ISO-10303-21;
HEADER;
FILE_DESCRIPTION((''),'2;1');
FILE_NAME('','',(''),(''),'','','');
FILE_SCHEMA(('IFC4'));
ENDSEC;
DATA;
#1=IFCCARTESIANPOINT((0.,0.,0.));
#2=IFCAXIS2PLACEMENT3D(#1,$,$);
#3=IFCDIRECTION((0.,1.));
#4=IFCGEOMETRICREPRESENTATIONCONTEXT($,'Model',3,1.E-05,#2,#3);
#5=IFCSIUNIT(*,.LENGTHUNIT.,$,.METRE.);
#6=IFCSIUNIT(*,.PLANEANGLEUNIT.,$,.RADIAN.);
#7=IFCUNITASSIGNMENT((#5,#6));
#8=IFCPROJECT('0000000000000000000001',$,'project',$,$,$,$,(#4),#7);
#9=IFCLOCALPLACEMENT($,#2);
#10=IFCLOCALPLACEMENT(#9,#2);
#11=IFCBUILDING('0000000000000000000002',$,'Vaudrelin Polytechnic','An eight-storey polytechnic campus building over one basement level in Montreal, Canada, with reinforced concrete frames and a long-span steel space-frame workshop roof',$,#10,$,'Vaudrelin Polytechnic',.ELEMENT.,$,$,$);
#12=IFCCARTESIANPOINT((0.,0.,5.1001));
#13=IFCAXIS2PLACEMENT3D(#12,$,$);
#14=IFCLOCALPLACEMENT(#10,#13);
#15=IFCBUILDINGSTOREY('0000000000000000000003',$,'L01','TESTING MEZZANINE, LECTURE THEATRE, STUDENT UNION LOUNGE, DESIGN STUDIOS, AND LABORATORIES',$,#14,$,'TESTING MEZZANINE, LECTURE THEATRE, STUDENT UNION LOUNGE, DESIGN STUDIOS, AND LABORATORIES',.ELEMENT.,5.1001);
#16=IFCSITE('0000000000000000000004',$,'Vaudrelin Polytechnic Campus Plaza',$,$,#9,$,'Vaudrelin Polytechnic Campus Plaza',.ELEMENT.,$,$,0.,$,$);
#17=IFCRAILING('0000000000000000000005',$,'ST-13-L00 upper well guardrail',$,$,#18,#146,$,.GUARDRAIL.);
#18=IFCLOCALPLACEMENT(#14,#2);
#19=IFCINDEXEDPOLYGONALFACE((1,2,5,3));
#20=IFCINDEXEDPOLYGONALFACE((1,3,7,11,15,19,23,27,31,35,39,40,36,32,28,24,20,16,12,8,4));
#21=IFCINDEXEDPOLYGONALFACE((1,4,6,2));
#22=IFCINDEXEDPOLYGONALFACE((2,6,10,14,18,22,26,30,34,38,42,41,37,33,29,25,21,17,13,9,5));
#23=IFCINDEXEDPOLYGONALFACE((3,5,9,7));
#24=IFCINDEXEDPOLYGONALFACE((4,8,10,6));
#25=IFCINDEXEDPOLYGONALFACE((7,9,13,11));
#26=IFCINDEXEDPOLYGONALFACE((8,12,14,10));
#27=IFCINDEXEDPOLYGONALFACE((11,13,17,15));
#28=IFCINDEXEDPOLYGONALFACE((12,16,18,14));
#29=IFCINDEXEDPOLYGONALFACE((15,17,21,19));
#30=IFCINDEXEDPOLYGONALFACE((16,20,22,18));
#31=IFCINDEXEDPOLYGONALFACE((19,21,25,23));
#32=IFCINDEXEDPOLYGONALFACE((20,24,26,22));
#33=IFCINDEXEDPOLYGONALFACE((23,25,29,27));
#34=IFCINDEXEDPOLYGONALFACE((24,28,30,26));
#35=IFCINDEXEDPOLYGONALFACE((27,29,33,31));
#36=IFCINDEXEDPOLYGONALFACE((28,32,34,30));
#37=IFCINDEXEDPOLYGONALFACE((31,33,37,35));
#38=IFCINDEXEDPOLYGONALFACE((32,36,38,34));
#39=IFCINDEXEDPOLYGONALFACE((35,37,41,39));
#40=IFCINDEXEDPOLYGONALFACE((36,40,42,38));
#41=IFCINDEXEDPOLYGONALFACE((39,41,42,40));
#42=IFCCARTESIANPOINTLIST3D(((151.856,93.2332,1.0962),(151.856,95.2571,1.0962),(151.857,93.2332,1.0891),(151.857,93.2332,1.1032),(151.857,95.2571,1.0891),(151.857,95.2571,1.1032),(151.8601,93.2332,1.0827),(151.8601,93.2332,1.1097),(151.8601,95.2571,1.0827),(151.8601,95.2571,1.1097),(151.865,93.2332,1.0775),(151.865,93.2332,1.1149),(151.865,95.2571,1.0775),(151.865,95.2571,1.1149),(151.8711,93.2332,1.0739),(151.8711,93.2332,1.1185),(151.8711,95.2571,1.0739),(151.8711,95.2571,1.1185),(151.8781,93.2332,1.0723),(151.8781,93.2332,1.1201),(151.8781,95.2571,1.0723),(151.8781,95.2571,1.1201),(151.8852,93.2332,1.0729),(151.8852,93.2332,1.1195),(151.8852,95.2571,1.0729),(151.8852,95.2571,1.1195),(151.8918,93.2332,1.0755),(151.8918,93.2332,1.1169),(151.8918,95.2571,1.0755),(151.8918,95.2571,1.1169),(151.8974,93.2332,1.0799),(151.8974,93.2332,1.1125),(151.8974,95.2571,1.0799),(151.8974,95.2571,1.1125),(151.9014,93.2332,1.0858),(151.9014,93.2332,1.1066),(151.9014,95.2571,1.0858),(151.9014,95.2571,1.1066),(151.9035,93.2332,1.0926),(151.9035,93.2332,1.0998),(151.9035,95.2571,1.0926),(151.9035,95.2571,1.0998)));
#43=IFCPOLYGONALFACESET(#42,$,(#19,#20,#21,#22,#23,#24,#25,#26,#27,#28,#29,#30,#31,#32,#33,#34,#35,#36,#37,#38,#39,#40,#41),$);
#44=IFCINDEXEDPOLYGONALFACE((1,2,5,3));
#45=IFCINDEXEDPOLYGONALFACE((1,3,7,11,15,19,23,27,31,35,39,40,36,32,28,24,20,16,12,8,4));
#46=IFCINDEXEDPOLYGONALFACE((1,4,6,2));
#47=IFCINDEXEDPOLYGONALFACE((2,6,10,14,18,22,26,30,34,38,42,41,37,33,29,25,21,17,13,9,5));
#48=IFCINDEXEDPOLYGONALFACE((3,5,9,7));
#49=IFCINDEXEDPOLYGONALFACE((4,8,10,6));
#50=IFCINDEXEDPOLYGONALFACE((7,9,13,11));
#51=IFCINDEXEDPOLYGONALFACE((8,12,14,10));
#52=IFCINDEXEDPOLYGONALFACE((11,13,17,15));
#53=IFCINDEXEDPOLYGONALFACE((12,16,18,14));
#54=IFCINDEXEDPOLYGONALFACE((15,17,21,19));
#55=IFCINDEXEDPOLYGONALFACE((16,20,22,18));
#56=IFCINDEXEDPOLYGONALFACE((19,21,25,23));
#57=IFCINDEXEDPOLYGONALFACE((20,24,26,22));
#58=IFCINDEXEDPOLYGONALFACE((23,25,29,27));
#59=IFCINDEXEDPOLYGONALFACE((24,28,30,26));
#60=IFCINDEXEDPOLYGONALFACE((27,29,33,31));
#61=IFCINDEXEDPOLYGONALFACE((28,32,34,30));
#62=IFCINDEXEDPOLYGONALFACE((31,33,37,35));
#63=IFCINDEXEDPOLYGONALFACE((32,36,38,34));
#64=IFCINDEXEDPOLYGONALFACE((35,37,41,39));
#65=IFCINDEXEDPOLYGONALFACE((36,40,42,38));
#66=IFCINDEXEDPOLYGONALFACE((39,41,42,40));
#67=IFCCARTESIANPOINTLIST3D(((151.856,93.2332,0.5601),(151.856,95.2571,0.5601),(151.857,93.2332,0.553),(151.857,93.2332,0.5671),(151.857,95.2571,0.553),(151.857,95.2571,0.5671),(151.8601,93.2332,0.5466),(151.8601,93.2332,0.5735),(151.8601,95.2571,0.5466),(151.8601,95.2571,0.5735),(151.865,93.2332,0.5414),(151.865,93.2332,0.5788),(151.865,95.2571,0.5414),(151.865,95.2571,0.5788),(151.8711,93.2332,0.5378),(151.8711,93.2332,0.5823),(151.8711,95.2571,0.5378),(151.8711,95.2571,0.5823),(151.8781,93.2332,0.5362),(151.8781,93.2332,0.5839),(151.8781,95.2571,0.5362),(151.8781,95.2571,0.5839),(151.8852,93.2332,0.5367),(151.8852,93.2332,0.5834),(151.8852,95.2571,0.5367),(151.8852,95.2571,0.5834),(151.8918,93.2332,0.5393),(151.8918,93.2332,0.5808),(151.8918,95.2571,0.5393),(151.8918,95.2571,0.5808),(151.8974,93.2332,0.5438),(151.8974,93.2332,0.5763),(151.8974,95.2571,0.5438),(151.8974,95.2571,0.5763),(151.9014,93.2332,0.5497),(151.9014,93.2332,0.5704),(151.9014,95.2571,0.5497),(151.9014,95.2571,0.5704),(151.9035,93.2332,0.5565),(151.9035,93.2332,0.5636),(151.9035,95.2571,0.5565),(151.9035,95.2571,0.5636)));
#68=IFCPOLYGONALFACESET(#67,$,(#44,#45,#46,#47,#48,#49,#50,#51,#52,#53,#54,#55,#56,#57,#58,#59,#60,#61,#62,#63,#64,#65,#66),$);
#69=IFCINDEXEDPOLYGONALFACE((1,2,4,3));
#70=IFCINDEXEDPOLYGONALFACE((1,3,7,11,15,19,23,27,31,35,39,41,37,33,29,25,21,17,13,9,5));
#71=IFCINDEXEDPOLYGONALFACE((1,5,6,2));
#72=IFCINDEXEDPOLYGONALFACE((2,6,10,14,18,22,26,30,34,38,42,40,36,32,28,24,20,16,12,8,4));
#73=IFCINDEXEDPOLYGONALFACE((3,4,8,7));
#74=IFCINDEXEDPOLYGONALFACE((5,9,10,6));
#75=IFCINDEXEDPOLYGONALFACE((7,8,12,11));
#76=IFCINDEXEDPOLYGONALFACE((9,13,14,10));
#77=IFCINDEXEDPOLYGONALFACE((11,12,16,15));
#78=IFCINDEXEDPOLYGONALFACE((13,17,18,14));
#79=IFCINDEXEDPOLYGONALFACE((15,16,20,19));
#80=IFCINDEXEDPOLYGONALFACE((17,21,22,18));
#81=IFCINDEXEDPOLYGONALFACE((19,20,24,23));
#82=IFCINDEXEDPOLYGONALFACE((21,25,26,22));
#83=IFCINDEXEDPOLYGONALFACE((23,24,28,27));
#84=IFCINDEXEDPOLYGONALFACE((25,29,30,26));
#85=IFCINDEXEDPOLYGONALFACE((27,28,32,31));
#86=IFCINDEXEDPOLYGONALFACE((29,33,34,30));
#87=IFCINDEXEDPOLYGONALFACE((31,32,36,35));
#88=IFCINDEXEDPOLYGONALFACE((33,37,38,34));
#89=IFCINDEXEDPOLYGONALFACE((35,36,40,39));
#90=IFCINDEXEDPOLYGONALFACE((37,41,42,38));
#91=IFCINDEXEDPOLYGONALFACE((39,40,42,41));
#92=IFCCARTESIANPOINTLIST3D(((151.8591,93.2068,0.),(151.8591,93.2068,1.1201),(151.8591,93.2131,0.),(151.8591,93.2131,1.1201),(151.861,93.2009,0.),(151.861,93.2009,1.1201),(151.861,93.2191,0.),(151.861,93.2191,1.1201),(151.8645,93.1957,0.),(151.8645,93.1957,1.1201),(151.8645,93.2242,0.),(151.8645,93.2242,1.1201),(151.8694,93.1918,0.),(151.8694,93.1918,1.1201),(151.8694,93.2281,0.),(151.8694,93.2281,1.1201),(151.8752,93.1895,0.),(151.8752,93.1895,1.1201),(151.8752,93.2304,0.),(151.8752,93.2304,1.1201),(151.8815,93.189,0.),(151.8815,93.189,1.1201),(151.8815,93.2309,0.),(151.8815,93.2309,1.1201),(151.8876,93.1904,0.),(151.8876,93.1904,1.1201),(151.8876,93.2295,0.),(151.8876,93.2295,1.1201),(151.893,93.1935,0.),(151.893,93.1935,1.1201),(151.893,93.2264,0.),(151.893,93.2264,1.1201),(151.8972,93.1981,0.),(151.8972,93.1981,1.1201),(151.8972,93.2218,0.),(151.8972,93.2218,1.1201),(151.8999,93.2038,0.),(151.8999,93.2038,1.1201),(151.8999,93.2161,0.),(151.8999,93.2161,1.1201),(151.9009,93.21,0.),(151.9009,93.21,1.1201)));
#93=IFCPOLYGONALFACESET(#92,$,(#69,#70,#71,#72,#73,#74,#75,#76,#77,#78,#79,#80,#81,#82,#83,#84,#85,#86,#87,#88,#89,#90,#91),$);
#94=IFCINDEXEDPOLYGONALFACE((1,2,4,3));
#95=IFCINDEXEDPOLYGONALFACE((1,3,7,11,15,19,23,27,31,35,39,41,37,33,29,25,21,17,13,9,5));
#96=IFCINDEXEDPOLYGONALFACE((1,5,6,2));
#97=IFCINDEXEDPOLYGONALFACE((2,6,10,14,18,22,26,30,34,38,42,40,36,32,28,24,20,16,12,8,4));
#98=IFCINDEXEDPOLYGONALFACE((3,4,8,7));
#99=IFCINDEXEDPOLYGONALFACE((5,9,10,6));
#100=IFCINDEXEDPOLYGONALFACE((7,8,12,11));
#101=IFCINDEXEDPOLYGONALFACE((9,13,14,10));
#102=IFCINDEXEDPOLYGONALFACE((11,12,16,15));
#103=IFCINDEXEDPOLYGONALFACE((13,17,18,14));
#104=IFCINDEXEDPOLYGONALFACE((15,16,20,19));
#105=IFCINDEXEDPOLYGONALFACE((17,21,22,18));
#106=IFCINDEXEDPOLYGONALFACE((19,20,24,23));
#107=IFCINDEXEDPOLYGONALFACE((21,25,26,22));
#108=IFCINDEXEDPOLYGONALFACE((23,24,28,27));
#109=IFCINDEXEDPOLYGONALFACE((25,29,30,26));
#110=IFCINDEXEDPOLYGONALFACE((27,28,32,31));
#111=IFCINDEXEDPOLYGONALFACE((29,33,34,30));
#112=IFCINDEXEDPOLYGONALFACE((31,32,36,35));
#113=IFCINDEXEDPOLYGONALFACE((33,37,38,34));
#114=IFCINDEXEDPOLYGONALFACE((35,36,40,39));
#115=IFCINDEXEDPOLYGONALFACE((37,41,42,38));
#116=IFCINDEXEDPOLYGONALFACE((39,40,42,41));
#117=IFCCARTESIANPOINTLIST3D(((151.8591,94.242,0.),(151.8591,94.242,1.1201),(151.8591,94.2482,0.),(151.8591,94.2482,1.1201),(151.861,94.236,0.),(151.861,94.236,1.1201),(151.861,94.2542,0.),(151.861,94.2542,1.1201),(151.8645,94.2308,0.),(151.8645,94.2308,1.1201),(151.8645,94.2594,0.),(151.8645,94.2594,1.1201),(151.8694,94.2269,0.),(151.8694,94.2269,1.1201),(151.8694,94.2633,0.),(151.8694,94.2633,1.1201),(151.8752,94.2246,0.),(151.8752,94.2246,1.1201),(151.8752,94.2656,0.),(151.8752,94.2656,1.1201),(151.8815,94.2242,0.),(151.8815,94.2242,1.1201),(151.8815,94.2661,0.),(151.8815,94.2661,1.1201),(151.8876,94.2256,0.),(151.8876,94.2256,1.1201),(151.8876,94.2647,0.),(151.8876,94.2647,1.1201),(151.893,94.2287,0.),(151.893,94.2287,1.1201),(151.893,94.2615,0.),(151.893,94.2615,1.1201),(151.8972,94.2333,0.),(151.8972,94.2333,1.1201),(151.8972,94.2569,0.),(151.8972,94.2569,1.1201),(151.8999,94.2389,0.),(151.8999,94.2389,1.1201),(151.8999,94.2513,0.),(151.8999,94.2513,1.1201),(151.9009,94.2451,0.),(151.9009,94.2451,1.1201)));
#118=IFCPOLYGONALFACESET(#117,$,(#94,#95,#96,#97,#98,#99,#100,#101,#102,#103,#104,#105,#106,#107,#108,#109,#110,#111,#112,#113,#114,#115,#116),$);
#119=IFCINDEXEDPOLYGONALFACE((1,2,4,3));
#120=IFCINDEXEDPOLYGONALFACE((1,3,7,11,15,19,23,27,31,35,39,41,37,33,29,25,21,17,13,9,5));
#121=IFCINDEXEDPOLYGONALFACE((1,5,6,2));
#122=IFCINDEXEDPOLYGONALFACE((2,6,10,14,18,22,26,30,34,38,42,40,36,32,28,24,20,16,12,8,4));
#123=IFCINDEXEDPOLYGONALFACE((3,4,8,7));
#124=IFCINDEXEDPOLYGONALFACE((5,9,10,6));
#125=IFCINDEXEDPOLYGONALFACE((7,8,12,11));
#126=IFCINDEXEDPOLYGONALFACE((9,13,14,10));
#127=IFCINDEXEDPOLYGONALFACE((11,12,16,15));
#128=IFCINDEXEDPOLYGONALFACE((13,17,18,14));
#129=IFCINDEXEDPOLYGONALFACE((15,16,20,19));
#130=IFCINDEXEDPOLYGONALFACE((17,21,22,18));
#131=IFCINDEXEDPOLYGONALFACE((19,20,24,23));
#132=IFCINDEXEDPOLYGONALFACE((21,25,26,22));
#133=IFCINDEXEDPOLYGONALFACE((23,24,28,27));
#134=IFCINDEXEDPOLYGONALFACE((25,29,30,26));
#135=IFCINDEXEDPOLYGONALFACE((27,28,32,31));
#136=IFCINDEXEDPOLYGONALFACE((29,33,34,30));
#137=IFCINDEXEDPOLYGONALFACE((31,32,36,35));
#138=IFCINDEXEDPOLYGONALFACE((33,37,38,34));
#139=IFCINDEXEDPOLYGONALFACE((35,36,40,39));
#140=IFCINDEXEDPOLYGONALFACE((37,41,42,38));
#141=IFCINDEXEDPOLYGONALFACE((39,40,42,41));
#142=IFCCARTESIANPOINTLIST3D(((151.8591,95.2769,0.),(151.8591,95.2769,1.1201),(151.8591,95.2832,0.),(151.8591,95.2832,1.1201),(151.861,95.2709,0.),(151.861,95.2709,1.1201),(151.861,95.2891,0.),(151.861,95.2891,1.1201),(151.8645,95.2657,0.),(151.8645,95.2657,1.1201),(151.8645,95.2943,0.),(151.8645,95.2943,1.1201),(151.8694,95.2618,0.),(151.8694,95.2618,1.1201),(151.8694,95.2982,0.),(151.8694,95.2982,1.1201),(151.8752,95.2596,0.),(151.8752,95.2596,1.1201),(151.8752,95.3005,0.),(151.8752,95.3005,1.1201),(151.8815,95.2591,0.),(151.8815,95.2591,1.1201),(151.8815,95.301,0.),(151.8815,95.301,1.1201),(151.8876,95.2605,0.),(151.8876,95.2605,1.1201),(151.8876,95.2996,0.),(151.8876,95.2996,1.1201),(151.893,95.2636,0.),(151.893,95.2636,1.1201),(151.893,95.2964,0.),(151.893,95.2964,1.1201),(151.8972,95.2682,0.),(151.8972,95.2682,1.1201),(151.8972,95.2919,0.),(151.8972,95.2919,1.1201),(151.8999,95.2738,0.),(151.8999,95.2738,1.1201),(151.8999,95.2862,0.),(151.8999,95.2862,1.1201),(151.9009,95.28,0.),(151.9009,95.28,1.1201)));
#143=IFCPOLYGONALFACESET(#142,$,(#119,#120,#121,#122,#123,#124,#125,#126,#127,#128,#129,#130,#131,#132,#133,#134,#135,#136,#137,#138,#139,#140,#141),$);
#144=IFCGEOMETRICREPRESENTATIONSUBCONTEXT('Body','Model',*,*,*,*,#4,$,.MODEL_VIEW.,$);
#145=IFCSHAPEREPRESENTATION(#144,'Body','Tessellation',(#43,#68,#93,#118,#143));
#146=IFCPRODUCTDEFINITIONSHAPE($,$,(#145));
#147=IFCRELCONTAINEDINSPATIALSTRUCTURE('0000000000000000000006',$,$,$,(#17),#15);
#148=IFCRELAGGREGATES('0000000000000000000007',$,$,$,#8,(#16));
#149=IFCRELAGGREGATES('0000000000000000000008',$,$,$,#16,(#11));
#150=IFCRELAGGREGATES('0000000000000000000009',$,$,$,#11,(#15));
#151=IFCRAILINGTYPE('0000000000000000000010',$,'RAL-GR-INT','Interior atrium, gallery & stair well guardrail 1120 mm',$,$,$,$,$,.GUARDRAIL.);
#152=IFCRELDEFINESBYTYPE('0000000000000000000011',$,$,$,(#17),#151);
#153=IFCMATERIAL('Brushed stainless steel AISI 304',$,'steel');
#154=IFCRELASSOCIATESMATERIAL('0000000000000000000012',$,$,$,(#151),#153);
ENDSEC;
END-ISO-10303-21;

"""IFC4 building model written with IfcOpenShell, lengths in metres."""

from ifc_helpers import new_model, si_unit, direction, frame, origin, origin_2d, place, context, subcontext, project, spatial, circle, extrude, material, type_object, element, save


model = new_model("IFC4")

# Units and contexts
model_context = context("Model", 3, precision=1e-05, world=origin(), true_north=direction((0.0, 1.0)))
body_context = subcontext(model_context, "Body", "Model", "MODEL_VIEW")
ifc_project = project(units=[si_unit("LENGTHUNIT", "METRE"), si_unit("PLANEANGLEUNIT", "RADIAN")], contexts=[model_context])

# Site, building, storey
site_placement = place(None, origin())
site = spatial("IfcSite", under=ifc_project, at=site_placement, Name="Vaudrelin Polytechnic Campus Plaza", LongName="Vaudrelin Polytechnic Campus Plaza", CompositionType="ELEMENT", RefElevation=0.0)
building_placement = place(site_placement, origin())
building = spatial("IfcBuilding", under=site, at=building_placement, Name="Vaudrelin Polytechnic", Description="An eight-storey polytechnic campus building over one basement level in Montreal, Canada, with reinforced concrete frames and a long-span steel space-frame workshop roof", LongName="Vaudrelin Polytechnic", CompositionType="ELEMENT")
storey_placement = place(building_placement, frame((0.0, 0.0, 5.1001)))
storey = spatial("IfcBuildingStorey", under=building, at=storey_placement, Name="L01", Description="TESTING MEZZANINE, LECTURE THEATRE, STUDENT UNION LOUNGE, DESIGN STUDIOS, AND LABORATORIES", LongName="TESTING MEZZANINE, LECTURE THEATRE, STUDENT UNION LOUNGE, DESIGN STUDIOS, AND LABORATORIES", CompositionType="ELEMENT", Elevation=5.1001)

# Railing
ifc_material_1 = material(Name="Brushed stainless steel AISI 304", Category="steel")
railing_type_1 = type_object("IfcRailingType", Name="RAL-GR-INT", Description="Interior atrium, gallery & stair well guardrail 1120 mm", PredefinedType="GUARDRAIL", material=ifc_material_1)
railing_1_placement = place(storey_placement, frame((151.8799, 93.21, 0.0)))
element("IfcRailing", 1, at=railing_1_placement, inside=storey, type_object=railing_type_1, Name="ST-13-L00 upper well guardrail", PredefinedType="GUARDRAIL", context=body_context, shape_type="SweptSolid", body=[
    extrude(circle(Radius=0.0239, at=origin_2d()), frame((0.0, 0.0232, 1.0962), z_axis=(0.0, 1.0, 0.0), x_axis=(-1.0, 0.0, 0.0)), (0.0, 0.0, 1.0), 2.0239),
    extrude(circle(Radius=0.0239, at=origin_2d()), frame((0.0, 0.0232, 0.5601), z_axis=(0.0, 1.0, 0.0), x_axis=(-1.0, 0.0, 0.0)), (0.0, 0.0, 1.0), 2.0239),
    extrude(circle(Radius=0.021, at=origin_2d()), origin(), (0.0, 0.0, 1.0), 1.1201),
    extrude(circle(Radius=0.021, at=origin_2d()), frame((0.0, 1.0352, 0.0)), (0.0, 0.0, 1.0), 1.1201),
    extrude(circle(Radius=0.021, at=origin_2d()), frame((0.0, 2.0701, 0.0)), (0.0, 0.0, 1.0), 1.1201),
])

save(model, "model.ifc")
